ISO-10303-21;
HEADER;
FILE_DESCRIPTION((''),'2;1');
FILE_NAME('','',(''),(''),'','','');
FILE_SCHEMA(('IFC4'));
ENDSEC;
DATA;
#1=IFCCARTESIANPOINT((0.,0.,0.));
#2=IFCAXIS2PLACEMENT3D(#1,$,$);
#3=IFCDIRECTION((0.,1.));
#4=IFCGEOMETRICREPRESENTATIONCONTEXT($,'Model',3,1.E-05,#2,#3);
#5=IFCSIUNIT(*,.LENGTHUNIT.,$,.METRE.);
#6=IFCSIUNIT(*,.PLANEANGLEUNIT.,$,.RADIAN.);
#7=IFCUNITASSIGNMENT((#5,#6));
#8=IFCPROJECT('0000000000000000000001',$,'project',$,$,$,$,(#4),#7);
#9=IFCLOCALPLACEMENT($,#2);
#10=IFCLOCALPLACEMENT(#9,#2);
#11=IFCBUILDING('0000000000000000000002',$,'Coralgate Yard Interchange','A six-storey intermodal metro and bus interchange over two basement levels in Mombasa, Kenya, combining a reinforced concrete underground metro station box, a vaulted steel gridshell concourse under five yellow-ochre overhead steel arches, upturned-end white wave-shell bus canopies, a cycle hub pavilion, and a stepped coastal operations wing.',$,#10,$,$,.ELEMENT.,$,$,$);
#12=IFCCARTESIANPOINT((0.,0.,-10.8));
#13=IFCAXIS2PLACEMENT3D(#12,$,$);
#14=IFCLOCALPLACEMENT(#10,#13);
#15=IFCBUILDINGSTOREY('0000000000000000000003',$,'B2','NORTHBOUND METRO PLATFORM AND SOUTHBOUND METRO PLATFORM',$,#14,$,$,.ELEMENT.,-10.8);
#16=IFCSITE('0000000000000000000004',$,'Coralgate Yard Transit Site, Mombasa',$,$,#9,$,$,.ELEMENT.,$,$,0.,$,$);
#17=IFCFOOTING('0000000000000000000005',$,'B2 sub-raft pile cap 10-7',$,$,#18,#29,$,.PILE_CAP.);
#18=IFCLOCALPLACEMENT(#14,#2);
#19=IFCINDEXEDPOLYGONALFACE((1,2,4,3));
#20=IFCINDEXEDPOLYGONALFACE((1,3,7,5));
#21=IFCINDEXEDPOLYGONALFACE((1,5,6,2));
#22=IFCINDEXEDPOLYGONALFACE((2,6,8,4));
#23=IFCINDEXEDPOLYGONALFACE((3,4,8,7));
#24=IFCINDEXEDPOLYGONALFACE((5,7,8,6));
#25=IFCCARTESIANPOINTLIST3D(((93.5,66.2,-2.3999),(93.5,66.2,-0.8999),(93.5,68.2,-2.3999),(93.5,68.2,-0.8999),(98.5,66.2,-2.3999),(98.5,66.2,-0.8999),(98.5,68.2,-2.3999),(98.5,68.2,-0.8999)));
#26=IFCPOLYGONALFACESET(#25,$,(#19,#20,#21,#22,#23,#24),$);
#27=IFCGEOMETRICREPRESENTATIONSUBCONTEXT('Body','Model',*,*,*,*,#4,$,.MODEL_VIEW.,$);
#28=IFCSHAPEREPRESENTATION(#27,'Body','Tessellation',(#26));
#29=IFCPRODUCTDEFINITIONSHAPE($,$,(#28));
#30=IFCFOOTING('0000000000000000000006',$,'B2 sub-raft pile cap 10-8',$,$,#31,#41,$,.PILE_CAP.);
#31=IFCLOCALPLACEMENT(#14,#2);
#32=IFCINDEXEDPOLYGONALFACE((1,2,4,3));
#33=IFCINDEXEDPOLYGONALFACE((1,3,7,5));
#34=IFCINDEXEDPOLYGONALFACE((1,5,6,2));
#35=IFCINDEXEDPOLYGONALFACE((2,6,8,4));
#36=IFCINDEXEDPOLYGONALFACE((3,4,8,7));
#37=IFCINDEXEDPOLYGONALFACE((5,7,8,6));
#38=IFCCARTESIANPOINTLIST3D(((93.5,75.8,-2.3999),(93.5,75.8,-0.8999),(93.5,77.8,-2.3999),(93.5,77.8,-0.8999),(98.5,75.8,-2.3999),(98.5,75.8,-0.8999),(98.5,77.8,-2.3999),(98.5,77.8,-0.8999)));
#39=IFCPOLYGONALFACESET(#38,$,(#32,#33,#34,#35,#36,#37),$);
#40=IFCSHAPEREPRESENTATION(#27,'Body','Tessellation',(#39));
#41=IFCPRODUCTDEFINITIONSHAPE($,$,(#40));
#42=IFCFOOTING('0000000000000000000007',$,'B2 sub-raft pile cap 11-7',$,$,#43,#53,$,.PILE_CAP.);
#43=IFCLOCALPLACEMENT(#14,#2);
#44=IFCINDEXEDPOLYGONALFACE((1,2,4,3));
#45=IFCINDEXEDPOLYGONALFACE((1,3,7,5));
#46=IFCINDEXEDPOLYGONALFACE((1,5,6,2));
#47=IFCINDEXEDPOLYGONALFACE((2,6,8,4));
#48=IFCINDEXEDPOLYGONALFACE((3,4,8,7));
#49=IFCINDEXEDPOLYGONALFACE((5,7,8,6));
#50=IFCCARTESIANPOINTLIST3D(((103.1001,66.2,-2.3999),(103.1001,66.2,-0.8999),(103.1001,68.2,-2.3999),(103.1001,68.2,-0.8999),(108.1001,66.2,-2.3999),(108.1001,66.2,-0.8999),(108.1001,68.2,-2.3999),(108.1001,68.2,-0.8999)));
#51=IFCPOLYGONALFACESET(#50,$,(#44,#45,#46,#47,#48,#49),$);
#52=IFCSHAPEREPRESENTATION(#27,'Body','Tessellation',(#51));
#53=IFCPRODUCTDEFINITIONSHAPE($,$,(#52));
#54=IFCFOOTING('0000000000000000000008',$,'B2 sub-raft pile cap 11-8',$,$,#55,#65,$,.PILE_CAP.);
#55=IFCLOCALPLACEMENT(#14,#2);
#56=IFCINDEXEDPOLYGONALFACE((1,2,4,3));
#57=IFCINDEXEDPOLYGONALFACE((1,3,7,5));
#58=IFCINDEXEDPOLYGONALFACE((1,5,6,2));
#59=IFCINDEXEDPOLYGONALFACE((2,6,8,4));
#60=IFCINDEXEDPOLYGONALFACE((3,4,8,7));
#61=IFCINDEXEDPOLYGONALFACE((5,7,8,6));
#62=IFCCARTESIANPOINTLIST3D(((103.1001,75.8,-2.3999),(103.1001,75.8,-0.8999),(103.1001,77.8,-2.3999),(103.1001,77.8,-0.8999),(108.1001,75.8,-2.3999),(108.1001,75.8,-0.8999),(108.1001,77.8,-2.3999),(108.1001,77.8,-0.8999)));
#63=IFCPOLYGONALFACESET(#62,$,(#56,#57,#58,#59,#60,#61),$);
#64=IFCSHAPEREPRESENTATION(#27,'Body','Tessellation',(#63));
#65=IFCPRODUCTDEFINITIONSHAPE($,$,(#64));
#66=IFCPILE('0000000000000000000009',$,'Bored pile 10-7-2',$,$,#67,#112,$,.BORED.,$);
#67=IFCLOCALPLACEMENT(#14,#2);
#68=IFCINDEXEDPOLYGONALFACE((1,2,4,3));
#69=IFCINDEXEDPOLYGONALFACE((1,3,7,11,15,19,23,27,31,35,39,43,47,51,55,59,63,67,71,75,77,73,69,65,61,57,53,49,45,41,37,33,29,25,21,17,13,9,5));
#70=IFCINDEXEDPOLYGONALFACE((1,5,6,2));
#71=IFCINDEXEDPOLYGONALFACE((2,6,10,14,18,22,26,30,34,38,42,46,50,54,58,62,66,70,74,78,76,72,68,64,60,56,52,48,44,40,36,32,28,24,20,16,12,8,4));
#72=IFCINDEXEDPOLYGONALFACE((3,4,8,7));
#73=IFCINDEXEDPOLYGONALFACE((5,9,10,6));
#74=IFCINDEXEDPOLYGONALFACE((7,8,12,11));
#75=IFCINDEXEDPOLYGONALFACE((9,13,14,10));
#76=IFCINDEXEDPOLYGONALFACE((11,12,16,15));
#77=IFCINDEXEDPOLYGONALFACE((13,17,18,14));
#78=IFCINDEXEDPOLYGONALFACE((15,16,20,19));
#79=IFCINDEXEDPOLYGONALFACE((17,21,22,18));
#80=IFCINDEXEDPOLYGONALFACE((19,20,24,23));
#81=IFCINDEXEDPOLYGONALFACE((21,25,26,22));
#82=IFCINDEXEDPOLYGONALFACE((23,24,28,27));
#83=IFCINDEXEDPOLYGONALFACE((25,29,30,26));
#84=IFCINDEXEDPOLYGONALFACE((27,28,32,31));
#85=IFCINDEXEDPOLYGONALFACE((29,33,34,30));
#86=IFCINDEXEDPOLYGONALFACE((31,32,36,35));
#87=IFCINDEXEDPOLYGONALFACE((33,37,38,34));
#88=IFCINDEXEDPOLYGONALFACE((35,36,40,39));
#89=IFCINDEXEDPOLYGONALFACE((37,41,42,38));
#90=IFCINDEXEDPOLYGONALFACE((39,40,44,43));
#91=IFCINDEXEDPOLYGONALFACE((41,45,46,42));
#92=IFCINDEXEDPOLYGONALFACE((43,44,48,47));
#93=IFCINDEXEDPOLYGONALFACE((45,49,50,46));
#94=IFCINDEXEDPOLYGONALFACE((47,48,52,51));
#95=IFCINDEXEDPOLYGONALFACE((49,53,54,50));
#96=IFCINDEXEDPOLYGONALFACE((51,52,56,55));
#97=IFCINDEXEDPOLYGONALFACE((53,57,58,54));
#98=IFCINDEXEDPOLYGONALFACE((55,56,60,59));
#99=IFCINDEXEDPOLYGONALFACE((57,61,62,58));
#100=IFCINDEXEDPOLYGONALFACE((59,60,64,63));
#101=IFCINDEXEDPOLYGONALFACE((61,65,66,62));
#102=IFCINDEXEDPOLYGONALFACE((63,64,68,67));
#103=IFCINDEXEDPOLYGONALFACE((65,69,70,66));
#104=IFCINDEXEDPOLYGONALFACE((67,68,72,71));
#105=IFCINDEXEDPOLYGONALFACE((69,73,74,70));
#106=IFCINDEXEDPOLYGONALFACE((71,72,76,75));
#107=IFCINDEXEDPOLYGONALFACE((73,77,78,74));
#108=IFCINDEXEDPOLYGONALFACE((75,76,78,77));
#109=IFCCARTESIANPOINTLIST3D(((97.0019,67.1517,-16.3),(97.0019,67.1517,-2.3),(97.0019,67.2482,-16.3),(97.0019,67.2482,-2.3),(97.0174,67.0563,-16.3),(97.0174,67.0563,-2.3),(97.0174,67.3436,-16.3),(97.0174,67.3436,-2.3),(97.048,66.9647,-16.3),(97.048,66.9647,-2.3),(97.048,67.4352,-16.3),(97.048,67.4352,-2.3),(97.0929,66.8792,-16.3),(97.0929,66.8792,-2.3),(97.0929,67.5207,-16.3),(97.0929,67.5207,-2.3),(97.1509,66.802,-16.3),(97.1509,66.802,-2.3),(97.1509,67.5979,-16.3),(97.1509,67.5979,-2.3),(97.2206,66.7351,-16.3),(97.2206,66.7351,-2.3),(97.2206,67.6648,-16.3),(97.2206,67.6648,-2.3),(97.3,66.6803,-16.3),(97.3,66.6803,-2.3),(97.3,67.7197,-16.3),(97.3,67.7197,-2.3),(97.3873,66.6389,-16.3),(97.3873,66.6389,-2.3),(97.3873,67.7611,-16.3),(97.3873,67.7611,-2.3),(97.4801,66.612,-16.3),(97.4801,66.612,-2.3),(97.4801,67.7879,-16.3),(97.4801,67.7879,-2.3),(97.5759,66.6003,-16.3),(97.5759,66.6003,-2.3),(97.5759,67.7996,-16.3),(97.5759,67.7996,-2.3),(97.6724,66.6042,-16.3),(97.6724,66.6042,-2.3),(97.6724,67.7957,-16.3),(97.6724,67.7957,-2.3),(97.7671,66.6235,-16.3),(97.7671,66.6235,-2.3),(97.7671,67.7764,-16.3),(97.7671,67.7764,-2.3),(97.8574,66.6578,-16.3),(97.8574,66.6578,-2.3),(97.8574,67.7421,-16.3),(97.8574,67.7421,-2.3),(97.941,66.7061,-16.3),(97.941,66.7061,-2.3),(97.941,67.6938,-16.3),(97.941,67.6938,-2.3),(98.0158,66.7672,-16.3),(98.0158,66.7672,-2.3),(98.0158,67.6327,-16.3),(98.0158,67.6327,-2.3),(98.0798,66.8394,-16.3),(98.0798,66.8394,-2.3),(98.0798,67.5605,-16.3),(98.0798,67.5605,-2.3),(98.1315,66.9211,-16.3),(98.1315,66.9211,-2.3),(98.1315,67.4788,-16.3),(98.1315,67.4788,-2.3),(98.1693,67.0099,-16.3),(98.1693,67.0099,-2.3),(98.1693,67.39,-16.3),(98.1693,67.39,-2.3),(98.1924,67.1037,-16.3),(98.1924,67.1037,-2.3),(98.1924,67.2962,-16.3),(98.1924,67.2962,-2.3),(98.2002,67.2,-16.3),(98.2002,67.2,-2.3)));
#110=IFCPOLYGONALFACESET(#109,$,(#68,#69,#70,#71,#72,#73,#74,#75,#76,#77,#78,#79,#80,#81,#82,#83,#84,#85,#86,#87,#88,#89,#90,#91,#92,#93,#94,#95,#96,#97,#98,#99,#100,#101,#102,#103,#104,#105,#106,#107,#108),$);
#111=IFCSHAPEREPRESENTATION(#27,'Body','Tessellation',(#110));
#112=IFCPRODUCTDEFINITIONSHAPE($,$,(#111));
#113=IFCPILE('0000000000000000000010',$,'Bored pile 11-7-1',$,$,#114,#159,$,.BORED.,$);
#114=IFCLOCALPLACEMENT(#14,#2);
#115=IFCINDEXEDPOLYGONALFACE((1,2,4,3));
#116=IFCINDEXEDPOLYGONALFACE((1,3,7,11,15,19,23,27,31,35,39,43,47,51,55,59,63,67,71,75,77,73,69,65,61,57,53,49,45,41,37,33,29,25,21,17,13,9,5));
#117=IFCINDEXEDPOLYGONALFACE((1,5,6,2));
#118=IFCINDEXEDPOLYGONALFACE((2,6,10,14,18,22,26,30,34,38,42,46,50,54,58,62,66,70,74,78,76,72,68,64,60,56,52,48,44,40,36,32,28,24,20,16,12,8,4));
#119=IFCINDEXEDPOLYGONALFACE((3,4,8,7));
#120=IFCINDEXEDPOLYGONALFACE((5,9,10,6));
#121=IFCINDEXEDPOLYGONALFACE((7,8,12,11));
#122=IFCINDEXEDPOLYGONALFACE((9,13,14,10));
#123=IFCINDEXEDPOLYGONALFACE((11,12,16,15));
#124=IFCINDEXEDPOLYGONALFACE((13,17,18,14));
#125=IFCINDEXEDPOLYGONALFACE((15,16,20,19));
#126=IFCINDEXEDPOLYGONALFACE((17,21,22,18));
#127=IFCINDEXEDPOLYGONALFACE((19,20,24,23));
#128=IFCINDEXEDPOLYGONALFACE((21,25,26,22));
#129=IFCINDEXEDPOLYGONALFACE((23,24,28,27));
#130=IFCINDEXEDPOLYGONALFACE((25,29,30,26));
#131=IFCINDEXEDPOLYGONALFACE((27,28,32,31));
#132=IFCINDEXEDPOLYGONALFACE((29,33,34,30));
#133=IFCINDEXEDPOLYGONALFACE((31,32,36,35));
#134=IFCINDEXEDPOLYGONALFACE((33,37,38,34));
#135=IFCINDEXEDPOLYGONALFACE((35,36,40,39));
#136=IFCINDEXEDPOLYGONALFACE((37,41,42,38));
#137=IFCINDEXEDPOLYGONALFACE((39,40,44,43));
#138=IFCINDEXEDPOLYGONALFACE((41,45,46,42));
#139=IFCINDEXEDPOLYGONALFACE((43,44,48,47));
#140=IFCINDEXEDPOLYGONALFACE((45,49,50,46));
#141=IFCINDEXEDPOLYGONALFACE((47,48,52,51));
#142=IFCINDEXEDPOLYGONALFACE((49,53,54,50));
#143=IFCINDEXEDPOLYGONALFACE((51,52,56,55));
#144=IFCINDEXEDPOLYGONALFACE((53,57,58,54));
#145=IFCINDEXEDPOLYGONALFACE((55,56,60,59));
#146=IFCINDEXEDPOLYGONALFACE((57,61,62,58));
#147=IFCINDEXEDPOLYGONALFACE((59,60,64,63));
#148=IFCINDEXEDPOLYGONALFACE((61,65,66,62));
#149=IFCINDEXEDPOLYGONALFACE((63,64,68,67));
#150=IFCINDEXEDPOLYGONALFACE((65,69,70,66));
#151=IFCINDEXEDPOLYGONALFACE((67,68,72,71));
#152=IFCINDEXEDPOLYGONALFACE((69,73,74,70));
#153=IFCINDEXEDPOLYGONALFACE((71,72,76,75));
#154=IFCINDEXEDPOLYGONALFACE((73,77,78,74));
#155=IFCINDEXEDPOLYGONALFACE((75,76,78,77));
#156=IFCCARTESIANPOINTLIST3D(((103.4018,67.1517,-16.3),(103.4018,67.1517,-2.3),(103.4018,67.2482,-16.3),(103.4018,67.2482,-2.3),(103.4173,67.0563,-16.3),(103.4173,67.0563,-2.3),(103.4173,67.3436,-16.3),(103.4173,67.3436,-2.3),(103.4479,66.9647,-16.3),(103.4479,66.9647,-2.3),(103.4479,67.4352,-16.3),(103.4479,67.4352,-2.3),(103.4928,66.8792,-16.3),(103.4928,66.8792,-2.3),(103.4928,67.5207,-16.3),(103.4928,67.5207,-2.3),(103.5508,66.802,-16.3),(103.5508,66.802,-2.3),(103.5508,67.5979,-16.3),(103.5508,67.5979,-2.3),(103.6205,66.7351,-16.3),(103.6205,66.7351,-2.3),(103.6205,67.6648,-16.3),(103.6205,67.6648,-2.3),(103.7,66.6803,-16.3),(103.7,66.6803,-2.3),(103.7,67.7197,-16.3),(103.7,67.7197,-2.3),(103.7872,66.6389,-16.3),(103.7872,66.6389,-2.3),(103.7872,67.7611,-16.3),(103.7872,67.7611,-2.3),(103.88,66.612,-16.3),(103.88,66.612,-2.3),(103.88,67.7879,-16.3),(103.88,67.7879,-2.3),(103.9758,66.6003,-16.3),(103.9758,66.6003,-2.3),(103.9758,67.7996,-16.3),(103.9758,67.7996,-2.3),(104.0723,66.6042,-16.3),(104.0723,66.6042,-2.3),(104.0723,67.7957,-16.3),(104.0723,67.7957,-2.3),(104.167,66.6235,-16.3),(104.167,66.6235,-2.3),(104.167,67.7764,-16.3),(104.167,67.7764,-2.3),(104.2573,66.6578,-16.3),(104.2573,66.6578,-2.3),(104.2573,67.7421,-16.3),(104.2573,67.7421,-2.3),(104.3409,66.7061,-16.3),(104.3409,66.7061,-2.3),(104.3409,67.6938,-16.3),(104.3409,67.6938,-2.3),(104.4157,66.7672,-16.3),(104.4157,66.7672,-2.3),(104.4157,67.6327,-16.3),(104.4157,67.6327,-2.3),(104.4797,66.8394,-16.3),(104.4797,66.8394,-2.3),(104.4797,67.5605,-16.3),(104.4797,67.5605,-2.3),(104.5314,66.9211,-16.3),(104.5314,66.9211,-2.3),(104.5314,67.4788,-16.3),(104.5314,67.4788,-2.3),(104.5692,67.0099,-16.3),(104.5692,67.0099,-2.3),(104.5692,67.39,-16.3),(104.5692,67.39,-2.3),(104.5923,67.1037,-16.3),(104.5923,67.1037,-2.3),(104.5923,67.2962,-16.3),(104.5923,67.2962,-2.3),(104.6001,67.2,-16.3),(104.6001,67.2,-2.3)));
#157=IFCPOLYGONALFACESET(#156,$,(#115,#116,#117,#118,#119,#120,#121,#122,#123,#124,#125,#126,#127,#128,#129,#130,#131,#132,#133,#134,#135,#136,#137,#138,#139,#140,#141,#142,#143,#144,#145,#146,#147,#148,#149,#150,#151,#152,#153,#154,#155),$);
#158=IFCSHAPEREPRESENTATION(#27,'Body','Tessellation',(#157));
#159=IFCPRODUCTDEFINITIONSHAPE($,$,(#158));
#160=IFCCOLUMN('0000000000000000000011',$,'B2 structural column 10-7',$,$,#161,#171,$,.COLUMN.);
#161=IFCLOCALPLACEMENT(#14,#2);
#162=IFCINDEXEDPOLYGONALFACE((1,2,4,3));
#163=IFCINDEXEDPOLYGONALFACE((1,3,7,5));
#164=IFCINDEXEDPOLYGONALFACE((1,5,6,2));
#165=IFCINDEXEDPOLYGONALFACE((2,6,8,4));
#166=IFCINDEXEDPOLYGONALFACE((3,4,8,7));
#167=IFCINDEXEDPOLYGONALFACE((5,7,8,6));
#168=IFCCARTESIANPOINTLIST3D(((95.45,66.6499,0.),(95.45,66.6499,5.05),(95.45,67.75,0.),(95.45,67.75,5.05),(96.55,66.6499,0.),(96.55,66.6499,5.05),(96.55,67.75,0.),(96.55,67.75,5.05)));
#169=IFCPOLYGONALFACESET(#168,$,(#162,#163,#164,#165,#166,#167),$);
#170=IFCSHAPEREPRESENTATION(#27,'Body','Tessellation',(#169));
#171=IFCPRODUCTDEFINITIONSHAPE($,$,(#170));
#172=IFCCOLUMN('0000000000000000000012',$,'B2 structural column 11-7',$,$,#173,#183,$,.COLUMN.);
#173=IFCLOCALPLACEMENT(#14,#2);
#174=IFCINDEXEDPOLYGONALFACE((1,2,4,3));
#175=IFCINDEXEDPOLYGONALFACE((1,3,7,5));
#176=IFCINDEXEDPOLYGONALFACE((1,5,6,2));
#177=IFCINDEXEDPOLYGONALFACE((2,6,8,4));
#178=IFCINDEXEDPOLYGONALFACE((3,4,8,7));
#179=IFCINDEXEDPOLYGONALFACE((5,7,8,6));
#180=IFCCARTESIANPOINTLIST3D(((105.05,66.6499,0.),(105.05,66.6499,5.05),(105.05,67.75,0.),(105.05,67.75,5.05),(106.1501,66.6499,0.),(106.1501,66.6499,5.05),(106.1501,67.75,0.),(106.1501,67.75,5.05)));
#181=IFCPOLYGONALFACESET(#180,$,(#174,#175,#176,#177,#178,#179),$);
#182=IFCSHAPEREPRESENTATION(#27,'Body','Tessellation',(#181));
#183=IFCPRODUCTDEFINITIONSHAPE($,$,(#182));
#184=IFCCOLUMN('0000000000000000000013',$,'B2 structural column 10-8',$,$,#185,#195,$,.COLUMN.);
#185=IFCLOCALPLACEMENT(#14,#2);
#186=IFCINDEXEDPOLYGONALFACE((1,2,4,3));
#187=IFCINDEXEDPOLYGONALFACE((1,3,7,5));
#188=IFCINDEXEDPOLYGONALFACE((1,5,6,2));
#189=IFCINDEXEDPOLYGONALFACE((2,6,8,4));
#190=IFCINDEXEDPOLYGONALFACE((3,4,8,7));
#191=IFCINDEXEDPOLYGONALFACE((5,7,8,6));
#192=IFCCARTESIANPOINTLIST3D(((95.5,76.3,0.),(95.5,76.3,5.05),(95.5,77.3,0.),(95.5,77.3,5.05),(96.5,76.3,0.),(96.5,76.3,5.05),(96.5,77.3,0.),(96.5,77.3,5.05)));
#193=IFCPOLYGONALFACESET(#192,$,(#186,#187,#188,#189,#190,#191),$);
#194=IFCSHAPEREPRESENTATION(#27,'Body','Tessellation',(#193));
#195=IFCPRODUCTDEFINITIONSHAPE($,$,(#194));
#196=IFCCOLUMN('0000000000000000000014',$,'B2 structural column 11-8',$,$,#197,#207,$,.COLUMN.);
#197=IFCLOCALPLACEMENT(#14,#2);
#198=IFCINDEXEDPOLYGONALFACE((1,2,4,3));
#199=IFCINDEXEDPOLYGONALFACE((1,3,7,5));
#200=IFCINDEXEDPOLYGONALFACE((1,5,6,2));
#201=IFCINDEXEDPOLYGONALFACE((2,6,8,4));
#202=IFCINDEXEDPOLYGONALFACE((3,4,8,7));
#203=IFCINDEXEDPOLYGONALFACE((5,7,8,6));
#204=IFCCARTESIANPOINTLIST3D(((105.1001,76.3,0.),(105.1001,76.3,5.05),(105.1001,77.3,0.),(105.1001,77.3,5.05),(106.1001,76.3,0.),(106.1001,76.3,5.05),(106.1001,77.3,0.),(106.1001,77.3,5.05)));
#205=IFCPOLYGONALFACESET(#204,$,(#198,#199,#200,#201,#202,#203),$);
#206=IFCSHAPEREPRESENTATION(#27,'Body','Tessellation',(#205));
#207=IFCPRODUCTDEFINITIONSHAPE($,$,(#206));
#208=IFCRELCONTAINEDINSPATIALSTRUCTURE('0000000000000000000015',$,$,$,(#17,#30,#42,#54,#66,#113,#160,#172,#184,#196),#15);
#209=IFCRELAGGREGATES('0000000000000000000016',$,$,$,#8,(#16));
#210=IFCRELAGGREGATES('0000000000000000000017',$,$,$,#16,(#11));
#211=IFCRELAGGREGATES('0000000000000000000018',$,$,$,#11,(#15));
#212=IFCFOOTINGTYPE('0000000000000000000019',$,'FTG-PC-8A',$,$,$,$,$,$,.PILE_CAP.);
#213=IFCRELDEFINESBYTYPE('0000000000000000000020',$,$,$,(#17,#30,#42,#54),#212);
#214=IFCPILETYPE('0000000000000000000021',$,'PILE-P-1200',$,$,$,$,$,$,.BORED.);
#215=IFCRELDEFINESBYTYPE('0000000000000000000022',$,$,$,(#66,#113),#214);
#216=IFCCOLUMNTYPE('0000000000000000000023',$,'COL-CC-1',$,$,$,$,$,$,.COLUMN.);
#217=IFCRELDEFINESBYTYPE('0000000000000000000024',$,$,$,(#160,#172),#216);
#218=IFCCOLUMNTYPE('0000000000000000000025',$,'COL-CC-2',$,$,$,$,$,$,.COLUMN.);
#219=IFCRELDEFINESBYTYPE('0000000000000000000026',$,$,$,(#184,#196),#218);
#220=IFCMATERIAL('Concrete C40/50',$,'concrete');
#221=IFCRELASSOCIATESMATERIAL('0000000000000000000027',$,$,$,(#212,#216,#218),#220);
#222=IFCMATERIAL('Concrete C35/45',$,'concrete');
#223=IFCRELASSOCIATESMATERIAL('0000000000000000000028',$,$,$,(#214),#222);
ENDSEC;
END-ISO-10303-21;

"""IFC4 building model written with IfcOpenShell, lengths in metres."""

from ifc_helpers import new_model, si_unit, direction, frame, origin, origin_2d, place, context, subcontext, project, spatial, rectangle, circle, extrude, material, material_profile, profile_set, type_object, element, save


model = new_model("IFC4")

# Units and contexts
model_context = context("Model", 3, precision=1e-05, world=origin(), true_north=direction((0.0, 1.0)))
body_context = subcontext(model_context, "Body", "Model", "MODEL_VIEW")
ifc_project = project(units=[si_unit("LENGTHUNIT", "METRE"), si_unit("PLANEANGLEUNIT", "RADIAN")], contexts=[model_context])

# Site, building, storey
site_placement = place(None, origin())
site = spatial("IfcSite", under=ifc_project, at=site_placement, Name="Coralgate Yard Transit Site, Mombasa", CompositionType="ELEMENT", RefElevation=0.0)
building_placement = place(site_placement, origin())
building = spatial("IfcBuilding", under=site, at=building_placement, Name="Coralgate Yard Interchange", Description="A six-storey intermodal metro and bus interchange over two basement levels in Mombasa, Kenya, combining a reinforced concrete underground metro station box, a vaulted steel gridshell concourse under five yellow-ochre overhead steel arches, upturned-end white wave-shell bus canopies, a cycle hub pavilion, and a stepped coastal operations wing.", CompositionType="ELEMENT")
storey_placement = place(building_placement, frame((0.0, 0.0, -10.8)))
storey = spatial("IfcBuildingStorey", under=building, at=storey_placement, Name="B2", Description="NORTHBOUND METRO PLATFORM AND SOUTHBOUND METRO PLATFORM", CompositionType="ELEMENT", Elevation=-10.8)

# Footings
ifc_material_1 = material(Name="Concrete C40/50", Category="concrete")
footing_type = type_object("IfcFootingType", Name="FTG-PC-8A", PredefinedType="PILE_CAP", material=ifc_material_1)
for number, where, z_axis, x_axis, name in (
    (1, (96.0, 67.2, -2.3999), (0.0, 0.0, 1.0), (1.0, 0.0, 0.0), "B2 sub-raft pile cap 10-7"),
    (2, (96.0, 76.8, -2.3999), (0.0, 0.0, 1.0), (1.0, 0.0, 0.0), "B2 sub-raft pile cap 10-8"),
    (3, (105.6001, 67.2, -2.3999), (0.0, 0.0, 1.0), (1.0, 0.0, 0.0), "B2 sub-raft pile cap 11-7"),
    (4, (105.6001, 76.8, -2.3999), (0.0, 0.0, 1.0), (1.0, 0.0, 0.0), "B2 sub-raft pile cap 11-8"),
):
    element("IfcFooting", number, at=place(storey_placement, frame(where, z_axis=z_axis, x_axis=x_axis)), inside=storey, type_object=footing_type, Name=name, PredefinedType="PILE_CAP", context=body_context, shape_type="SweptSolid", body=[
        extrude(rectangle(XDim=5.0, YDim=2.0, at=origin_2d()), origin(), (0.0, 0.0, 1.0), 1.5),
    ])

# Piles
ifc_material_2 = material(Name="Concrete C35/45", Category="concrete")
ifc_material_profile_1 = material_profile(ifc_material_2, circle(Radius=0.6001, at=origin_2d()), Name="BORED PILE D1200")
ifc_profile_set_1 = profile_set([ifc_material_profile_1], Name="Concrete C35/45")
pile_type = type_object("IfcPileType", Name="PILE-P-1200", PredefinedType="BORED", material=ifc_profile_set_1)
for number, where, z_axis, x_axis, name in (
    (5, (97.6001, 67.2, -2.3), (0.0, 0.0, -1.0), (1.0, 0.0, 0.0), "Bored pile 10-7-2"),
    (6, (104.0, 67.2, -2.3), (0.0, 0.0, -1.0), (1.0, 0.0, 0.0), "Bored pile 11-7-1"),
):
    element("IfcPile", number, at=place(storey_placement, frame(where, z_axis=z_axis, x_axis=x_axis)), inside=storey, type_object=pile_type, Name=name, PredefinedType="BORED", context=body_context, shape_type="SweptSolid", body=[
        extrude(circle(Radius=0.6001, at=origin_2d()), origin(), (0.0, 0.0, 1.0), 14.0),
    ])

# Columns
ifc_material_profile_2 = material_profile(ifc_material_1, rectangle(XDim=1.1001, YDim=1.1001, at=origin_2d()), Name="RC 1100x1100")
ifc_profile_set_2 = profile_set([ifc_material_profile_2], Name="Concrete C40/50")
column_type_1 = type_object("IfcColumnType", Name="COL-CC-1", PredefinedType="COLUMN", material=ifc_profile_set_2)
for number, where, z_axis, x_axis, name in (
    (7, (96.0, 67.2, 0.0), (0.0, 0.0, 1.0), (1.0, 0.0, 0.0), "B2 structural column 10-7"),
    (8, (105.6001, 67.2, 0.0), (0.0, 0.0, 1.0), (1.0, 0.0, 0.0), "B2 structural column 11-7"),
):
    element("IfcColumn", number, at=place(storey_placement, frame(where, z_axis=z_axis, x_axis=x_axis)), inside=storey, type_object=column_type_1, Name=name, PredefinedType="COLUMN", context=body_context, shape_type="SweptSolid", body=[
        extrude(rectangle(XDim=1.1001, YDim=1.1001, at=origin_2d()), origin(), (0.0, 0.0, 1.0), 5.05),
    ])
ifc_material_profile_3 = material_profile(ifc_material_1, rectangle(XDim=1.0, YDim=1.0, at=origin_2d()), Name="RC 1000x1000")
ifc_profile_set_3 = profile_set([ifc_material_profile_3], Name="Concrete C40/50")
column_type_2 = type_object("IfcColumnType", Name="COL-CC-2", PredefinedType="COLUMN", material=ifc_profile_set_3)
for number, where, z_axis, x_axis, name in (
    (9, (96.0, 76.8, 0.0), (0.0, 0.0, 1.0), (1.0, 0.0, 0.0), "B2 structural column 10-8"),
    (10, (105.6001, 76.8, 0.0), (0.0, 0.0, 1.0), (1.0, 0.0, 0.0), "B2 structural column 11-8"),
):
    element("IfcColumn", number, at=place(storey_placement, frame(where, z_axis=z_axis, x_axis=x_axis)), inside=storey, type_object=column_type_2, Name=name, PredefinedType="COLUMN", context=body_context, shape_type="SweptSolid", body=[
        extrude(rectangle(XDim=1.0, YDim=1.0, at=origin_2d()), origin(), (0.0, 0.0, 1.0), 5.05),
    ])

save(model, "model.ifc")
